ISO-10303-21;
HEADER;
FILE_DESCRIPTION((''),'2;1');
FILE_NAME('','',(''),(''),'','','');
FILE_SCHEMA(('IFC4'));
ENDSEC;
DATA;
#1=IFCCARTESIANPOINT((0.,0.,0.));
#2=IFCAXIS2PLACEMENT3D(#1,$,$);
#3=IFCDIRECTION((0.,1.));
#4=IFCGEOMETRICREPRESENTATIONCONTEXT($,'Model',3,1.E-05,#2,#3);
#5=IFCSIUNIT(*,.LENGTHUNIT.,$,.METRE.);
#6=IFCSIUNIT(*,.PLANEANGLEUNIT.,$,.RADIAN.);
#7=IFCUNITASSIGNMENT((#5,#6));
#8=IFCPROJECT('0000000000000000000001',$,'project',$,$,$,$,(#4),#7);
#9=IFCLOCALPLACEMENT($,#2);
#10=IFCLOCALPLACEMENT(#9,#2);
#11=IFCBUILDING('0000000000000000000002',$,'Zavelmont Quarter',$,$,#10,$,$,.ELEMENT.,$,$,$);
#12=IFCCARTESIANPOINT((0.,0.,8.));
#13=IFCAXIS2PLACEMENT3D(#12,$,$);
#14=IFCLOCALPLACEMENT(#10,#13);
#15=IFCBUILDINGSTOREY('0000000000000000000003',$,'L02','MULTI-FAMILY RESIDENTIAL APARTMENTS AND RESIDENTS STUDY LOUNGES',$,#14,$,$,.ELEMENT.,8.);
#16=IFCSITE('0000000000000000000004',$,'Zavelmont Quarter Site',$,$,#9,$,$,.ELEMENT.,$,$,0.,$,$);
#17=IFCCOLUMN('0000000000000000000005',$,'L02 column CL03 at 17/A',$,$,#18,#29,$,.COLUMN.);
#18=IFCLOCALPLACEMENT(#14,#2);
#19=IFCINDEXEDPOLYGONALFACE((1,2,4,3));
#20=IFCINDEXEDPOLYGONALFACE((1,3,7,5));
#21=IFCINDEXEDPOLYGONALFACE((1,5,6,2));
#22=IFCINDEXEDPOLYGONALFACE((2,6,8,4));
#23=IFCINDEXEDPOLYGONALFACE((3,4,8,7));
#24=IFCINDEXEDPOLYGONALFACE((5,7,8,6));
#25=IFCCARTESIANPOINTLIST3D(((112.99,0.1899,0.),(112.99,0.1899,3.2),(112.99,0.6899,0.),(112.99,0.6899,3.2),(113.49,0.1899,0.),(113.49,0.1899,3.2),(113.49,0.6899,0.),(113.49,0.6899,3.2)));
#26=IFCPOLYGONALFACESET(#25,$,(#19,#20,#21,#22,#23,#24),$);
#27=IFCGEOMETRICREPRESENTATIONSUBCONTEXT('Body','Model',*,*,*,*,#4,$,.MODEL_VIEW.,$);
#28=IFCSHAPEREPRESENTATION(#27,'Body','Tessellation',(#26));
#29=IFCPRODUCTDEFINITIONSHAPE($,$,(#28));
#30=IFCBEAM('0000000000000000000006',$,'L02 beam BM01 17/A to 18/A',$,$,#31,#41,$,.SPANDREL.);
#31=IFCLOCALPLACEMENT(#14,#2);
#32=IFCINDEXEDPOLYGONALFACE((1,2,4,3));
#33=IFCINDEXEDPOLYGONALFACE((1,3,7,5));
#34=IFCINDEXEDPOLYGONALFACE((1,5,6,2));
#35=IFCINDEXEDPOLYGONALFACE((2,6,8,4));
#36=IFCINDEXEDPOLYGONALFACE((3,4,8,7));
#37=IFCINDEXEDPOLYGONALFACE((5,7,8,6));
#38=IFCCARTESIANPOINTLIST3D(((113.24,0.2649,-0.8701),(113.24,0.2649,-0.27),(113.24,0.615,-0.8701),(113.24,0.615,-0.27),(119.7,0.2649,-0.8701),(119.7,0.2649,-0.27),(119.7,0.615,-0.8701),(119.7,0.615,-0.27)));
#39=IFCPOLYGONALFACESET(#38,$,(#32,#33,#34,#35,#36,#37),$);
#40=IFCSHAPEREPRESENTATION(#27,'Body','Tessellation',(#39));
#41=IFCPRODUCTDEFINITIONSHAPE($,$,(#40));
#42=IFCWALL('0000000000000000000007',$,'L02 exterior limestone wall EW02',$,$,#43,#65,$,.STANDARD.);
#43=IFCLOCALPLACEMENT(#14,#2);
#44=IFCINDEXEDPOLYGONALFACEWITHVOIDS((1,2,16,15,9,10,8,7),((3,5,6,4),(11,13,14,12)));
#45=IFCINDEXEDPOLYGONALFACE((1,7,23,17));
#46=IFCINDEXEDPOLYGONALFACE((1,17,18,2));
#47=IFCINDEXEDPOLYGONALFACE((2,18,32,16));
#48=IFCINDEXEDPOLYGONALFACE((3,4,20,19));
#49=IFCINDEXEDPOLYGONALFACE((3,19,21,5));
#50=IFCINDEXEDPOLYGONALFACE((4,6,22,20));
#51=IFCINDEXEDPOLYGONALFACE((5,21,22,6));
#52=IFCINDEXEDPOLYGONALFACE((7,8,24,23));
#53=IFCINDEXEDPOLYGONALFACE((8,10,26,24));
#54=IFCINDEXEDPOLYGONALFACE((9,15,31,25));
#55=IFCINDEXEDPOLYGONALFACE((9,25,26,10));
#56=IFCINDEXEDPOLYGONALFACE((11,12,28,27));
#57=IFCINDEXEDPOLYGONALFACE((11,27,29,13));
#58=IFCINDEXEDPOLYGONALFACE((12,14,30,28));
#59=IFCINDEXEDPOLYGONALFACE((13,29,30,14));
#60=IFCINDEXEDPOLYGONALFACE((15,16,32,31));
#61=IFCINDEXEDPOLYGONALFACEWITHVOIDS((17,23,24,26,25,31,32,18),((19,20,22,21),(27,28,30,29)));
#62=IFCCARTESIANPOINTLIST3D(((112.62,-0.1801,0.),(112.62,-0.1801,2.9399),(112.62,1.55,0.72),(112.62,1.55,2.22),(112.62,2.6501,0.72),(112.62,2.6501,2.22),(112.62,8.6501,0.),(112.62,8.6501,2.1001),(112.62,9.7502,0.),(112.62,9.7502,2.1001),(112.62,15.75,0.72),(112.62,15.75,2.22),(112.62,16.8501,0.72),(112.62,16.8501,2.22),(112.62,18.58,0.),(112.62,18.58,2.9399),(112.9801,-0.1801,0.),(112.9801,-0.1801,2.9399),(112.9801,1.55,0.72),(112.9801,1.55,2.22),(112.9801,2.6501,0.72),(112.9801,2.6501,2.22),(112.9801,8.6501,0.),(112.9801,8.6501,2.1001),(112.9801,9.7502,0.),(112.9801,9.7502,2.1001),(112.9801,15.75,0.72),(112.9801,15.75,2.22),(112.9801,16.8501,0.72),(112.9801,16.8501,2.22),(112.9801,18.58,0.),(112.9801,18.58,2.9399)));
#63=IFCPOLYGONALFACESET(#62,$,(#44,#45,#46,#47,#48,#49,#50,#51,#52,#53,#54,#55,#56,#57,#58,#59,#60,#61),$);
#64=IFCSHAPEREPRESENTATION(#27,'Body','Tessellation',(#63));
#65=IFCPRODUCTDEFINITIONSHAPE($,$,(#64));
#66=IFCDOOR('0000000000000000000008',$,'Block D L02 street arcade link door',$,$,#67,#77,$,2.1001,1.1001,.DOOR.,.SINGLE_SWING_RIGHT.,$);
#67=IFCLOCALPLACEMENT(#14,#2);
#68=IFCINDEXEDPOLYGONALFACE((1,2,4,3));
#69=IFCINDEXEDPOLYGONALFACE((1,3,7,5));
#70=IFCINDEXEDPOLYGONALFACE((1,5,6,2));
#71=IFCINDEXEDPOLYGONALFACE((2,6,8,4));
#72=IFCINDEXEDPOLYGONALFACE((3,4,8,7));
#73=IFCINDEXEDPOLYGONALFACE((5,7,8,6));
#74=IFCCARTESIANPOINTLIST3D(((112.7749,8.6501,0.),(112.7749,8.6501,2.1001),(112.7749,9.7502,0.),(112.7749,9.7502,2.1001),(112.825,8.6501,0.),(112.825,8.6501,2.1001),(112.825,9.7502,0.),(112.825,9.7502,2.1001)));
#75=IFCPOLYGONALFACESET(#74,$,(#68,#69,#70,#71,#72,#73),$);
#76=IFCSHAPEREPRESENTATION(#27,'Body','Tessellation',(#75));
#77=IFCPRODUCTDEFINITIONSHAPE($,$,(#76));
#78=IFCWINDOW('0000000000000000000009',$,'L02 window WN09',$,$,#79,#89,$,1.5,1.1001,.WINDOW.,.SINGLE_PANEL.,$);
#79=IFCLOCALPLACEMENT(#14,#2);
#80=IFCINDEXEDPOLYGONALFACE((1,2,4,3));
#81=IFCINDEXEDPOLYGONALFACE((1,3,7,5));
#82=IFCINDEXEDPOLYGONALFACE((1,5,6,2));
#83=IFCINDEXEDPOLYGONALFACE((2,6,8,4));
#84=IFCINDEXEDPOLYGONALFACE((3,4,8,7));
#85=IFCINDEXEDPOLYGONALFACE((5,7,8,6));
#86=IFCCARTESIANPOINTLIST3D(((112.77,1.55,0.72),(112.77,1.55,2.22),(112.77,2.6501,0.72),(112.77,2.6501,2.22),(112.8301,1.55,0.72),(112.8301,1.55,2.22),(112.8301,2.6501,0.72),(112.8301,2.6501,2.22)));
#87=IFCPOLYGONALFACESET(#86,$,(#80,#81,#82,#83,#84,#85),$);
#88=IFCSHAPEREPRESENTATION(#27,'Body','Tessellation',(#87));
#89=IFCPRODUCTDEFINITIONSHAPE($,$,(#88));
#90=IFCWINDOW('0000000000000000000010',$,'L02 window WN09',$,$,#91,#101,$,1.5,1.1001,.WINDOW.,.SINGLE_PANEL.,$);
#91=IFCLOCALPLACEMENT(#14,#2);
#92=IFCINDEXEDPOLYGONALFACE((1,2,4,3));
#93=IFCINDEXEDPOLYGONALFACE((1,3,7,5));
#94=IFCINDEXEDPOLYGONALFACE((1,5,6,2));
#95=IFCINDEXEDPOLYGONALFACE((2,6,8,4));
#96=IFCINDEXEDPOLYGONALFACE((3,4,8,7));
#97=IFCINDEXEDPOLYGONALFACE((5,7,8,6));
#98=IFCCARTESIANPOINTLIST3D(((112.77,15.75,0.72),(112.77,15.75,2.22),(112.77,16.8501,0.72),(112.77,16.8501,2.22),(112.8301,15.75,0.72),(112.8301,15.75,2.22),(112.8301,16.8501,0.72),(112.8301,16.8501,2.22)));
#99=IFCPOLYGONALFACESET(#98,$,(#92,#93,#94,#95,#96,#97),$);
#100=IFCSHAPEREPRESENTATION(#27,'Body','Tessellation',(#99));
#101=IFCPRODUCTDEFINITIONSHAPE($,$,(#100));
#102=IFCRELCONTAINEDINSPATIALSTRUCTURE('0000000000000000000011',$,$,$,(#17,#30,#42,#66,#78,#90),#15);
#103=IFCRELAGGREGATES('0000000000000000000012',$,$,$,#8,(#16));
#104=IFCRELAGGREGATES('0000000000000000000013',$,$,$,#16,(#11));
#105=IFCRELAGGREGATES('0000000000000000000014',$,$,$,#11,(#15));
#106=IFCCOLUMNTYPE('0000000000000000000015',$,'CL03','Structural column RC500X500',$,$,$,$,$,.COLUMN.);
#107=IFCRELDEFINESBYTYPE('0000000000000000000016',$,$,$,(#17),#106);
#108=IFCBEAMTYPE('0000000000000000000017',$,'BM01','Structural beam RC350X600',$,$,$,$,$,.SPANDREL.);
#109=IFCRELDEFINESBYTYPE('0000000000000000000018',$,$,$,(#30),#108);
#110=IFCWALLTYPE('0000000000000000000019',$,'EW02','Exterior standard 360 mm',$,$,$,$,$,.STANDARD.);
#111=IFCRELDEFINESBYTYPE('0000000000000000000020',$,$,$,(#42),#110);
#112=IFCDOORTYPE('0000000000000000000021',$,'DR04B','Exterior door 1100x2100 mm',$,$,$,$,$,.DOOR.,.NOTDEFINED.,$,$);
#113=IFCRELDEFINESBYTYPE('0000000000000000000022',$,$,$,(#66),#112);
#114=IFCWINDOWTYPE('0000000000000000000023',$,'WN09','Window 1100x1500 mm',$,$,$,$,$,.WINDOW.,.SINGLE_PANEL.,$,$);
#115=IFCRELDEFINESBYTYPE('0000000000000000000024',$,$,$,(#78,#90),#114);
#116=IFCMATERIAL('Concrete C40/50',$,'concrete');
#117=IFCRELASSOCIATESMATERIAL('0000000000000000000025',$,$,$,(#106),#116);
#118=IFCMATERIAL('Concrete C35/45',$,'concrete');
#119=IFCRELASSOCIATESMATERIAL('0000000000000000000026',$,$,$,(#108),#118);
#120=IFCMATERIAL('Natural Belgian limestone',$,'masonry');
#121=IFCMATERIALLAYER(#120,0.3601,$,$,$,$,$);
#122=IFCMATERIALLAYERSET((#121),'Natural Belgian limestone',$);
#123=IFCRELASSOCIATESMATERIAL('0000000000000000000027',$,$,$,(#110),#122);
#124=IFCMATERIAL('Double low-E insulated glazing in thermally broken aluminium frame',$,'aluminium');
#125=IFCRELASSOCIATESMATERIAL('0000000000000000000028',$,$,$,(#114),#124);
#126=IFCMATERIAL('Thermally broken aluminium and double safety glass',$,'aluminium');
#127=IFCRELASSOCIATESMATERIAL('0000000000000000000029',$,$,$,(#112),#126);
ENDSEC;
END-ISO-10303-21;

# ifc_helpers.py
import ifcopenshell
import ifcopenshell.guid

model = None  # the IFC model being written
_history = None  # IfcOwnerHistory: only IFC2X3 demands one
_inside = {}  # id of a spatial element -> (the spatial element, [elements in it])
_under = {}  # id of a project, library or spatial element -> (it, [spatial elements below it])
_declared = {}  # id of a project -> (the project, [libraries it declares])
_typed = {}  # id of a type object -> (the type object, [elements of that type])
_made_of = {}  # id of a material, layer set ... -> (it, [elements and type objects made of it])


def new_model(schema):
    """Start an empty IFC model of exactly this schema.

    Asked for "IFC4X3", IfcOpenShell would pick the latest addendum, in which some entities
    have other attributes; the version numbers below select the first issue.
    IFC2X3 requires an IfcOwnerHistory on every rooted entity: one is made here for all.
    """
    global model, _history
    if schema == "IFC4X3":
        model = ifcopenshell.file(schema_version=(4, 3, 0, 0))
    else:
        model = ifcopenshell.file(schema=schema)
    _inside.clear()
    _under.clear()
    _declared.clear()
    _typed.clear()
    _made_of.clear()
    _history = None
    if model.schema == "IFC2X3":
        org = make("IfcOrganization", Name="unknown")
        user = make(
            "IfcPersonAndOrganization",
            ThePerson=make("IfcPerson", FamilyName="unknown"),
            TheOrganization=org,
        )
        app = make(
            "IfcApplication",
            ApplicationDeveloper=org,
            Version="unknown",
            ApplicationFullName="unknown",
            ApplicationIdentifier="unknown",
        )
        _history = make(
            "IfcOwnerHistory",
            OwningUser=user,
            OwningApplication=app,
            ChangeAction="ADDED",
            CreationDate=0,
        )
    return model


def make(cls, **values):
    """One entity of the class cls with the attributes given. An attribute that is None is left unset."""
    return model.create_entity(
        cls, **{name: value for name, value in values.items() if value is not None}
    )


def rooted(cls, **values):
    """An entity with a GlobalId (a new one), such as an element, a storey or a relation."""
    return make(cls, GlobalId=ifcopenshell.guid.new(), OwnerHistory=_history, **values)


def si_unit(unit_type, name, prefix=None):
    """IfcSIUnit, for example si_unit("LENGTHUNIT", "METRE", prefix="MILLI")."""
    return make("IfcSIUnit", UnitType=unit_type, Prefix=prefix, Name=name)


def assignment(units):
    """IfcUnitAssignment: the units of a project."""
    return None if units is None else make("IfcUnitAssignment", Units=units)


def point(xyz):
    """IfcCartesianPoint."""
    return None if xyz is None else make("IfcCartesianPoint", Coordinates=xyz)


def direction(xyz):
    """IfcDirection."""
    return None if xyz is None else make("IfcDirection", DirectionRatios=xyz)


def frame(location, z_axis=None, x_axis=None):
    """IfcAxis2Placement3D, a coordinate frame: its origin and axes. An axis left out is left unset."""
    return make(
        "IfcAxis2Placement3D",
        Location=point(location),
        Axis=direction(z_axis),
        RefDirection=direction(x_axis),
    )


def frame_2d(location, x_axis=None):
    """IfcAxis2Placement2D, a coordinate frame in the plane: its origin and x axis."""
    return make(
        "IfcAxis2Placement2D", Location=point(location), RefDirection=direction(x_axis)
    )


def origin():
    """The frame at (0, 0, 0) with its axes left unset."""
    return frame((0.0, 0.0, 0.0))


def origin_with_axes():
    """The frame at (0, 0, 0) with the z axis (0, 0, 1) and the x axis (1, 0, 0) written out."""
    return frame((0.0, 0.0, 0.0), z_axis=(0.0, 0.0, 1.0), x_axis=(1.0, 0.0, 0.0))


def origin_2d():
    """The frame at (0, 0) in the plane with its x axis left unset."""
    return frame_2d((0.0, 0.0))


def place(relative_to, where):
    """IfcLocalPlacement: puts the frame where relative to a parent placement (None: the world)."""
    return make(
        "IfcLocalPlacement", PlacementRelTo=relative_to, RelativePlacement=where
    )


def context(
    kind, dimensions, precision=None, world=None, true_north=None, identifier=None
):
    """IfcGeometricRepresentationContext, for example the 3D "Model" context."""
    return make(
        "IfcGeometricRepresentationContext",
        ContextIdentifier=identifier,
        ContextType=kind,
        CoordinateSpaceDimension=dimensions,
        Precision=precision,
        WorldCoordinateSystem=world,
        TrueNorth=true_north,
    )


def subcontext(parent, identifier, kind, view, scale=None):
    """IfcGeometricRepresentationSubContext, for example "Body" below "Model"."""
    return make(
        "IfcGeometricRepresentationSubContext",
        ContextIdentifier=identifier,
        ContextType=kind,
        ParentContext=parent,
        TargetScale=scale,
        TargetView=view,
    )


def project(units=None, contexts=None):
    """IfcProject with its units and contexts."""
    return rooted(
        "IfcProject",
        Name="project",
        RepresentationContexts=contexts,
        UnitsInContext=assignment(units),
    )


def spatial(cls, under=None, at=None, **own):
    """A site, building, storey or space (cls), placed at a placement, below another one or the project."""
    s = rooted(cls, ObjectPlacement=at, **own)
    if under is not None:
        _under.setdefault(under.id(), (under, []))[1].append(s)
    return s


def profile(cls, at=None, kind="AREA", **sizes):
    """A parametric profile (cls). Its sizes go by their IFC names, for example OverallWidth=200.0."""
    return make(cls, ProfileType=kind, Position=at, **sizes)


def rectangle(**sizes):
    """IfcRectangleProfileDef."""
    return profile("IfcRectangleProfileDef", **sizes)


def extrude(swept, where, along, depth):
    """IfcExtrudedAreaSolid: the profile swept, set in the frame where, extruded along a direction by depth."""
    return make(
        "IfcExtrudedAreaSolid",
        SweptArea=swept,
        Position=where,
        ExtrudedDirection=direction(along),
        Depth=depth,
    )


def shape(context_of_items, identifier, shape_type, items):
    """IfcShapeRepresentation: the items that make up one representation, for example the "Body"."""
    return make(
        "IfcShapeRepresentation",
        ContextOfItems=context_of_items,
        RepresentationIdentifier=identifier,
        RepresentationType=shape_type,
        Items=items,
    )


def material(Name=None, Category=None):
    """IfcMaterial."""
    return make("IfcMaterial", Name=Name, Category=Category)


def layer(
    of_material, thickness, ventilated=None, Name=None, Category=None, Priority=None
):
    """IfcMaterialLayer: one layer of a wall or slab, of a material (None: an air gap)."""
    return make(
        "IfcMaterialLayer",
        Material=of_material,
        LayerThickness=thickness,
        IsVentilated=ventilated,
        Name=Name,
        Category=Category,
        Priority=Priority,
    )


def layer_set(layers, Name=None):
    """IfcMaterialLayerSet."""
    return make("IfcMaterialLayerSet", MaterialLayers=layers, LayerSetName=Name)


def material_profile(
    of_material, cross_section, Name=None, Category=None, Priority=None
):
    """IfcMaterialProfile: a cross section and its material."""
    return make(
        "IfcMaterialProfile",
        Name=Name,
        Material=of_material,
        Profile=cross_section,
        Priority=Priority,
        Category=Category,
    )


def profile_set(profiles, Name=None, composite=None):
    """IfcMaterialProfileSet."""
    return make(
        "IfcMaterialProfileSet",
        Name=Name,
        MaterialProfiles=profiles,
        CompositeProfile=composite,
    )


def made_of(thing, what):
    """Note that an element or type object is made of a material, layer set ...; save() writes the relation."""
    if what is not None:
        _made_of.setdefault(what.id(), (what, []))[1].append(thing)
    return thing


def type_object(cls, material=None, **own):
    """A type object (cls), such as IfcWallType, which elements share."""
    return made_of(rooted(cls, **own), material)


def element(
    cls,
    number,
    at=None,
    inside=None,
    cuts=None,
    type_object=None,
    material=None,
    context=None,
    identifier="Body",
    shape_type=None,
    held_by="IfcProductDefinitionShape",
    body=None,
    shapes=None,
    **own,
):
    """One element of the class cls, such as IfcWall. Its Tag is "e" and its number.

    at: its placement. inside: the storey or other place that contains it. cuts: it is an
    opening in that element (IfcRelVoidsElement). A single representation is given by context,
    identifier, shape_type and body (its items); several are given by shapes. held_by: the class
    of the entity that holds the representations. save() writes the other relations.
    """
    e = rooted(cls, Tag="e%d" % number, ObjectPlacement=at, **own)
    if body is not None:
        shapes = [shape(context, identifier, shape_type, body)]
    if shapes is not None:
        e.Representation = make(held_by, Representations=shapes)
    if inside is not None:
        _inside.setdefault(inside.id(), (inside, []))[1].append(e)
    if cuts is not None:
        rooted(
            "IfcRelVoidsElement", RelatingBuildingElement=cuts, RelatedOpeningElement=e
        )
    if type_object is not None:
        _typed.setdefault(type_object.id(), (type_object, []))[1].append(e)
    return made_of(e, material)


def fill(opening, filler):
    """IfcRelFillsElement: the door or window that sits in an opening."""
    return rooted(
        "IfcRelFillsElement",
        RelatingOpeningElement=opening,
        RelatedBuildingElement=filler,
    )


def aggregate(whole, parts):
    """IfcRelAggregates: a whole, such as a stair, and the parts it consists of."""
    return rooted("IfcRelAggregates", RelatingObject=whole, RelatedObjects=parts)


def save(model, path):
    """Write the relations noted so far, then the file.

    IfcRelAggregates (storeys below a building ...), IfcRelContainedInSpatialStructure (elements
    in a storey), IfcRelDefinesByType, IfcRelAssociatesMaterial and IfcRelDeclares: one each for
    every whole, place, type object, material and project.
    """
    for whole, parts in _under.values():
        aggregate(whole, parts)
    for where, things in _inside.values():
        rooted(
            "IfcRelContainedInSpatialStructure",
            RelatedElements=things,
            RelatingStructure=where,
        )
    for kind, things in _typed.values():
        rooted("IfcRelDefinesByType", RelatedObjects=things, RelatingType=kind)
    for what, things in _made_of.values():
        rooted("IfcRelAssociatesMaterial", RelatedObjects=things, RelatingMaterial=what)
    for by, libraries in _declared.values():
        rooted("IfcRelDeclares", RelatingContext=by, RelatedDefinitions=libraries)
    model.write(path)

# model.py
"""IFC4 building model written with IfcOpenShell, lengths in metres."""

from ifc_helpers import new_model, si_unit, direction, frame, frame_2d, origin, origin_with_axes, origin_2d, place, context, subcontext, project, spatial, rectangle, extrude, material, layer, layer_set, material_profile, profile_set, type_object, element, fill, save


model = new_model("IFC4")

# Units and contexts
model_context = context("Model", 3, precision=1e-05, world=origin(), true_north=direction((0.0, 1.0)))
body_context = subcontext(model_context, "Body", "Model", "MODEL_VIEW")
ifc_project = project(units=[si_unit("LENGTHUNIT", "METRE"), si_unit("PLANEANGLEUNIT", "RADIAN")], contexts=[model_context])

# Site, building, storey
site_placement = place(None, origin())
site = spatial("IfcSite", under=ifc_project, at=site_placement, Name="Zavelmont Quarter Site", CompositionType="ELEMENT", RefElevation=0.0)
building_placement = place(site_placement, origin())
building = spatial("IfcBuilding", under=site, at=building_placement, Name="Zavelmont Quarter", CompositionType="ELEMENT")
storey_placement = place(building_placement, frame((0.0, 0.0, 8.0)))
storey = spatial("IfcBuildingStorey", under=building, at=storey_placement, Name="L02", Description="MULTI-FAMILY RESIDENTIAL APARTMENTS AND RESIDENTS STUDY LOUNGES", CompositionType="ELEMENT", Elevation=8.0)

# Column
ifc_material_1 = material(Name="Concrete C40/50", Category="concrete")
ifc_material_profile_1 = material_profile(ifc_material_1, rectangle(XDim=0.5, YDim=0.5, at=origin_2d()), Name="RC500X500")
ifc_profile_set_1 = profile_set([ifc_material_profile_1], Name="Concrete C40/50")
column_type = type_object("IfcColumnType", Name="CL03", Description="Structural column RC500X500", PredefinedType="COLUMN", material=ifc_profile_set_1)
column_placement = place(storey_placement, frame((113.24, 0.4399, 0.0), z_axis=(0.0, 0.0, 1.0), x_axis=(1.0, 0.0, 0.0)))
element("IfcColumn", 1, at=column_placement, inside=storey, type_object=column_type, Name="L02 column CL03 at 17/A", PredefinedType="COLUMN", context=body_context, shape_type="SweptSolid", body=[
    extrude(rectangle(XDim=0.5, YDim=0.5, at=origin_2d()), origin(), (0.0, 0.0, 1.0), 3.2),
])

# Beam
ifc_material_2 = material(Name="Concrete C35/45", Category="concrete")
ifc_material_profile_2 = material_profile(ifc_material_2, rectangle(XDim=0.3501, YDim=0.6001, at=origin_2d()), Name="RC350X600")
ifc_profile_set_2 = profile_set([ifc_material_profile_2], Name="Concrete C35/45")
beam_type = type_object("IfcBeamType", Name="BM01", Description="Structural beam RC350X600", PredefinedType="SPANDREL", material=ifc_profile_set_2)
beam_placement = place(storey_placement, frame((113.24, 0.4399, -0.5701), z_axis=(1.0, 0.0, 0.0), x_axis=(0.0, 1.0, 0.0)))
element("IfcBeam", 2, at=beam_placement, inside=storey, type_object=beam_type, Name="L02 beam BM01 17/A to 18/A", PredefinedType="SPANDREL", context=body_context, shape_type="SweptSolid", body=[
    extrude(rectangle(XDim=0.3501, YDim=0.6001, at=origin_2d()), origin(), (0.0, 0.0, 1.0), 6.46),
])

# Shared definitions
ifc_material_3 = material(Name="Natural Belgian limestone", Category="masonry")
ifc_layer = layer(ifc_material_3, 0.3601)
ifc_layer_set = layer_set([ifc_layer], Name="Natural Belgian limestone")
wall_type = type_object("IfcWallType", Name="EW02", Description="Exterior standard 360 mm", PredefinedType="STANDARD", material=ifc_layer_set)
ifc_material_4 = material(Name="Thermally broken aluminium and double safety glass", Category="aluminium")
ifc_material_5 = material(Name="Double low-E insulated glazing in thermally broken aluminium frame", Category="aluminium")
window_type_1 = type_object("IfcWindowType", Name="WN09", Description="Window 1100x1500 mm", PartitioningType="SINGLE_PANEL", PredefinedType="WINDOW", material=ifc_material_5)

# Wall, openings, door, windows
wall_1_placement = place(storey_placement, frame((112.8, -0.1799, 0.0), z_axis=(0.0, 0.0, 1.0), x_axis=(0.0, 1.0, 0.0)))
wall_1 = element("IfcWall", 3, at=wall_1_placement, inside=storey, type_object=wall_type, Name="L02 exterior limestone wall EW02", PredefinedType="STANDARD", context=body_context, shape_type="SweptSolid", body=[
    extrude(rectangle(XDim=18.76, YDim=0.3601, at=frame_2d((9.3799, 0.0))), origin(), (0.0, 0.0, 1.0), 2.9399),
])
opening_1_placement = place(wall_1_placement, frame((8.8301, 0.0, 0.0)))
opening_1 = element("IfcOpeningElement", 4, at=opening_1_placement, cuts=wall_1, PredefinedType="OPENING", context=body_context, shape_type="SweptSolid", body=[
    extrude(rectangle(XDim=1.1001, YDim=2.1001, at=frame_2d((0.55, 1.05))), frame((0.0, 0.1919, 0.0), z_axis=(0.0, -1.0, 0.0), x_axis=(1.0, 0.0, 0.0)), (0.0, 0.0, 1.0), 0.384),
])
opening_2_placement = place(wall_1_placement, frame((1.73, 0.0, 0.72)))
opening_2 = element("IfcOpeningElement", 5, at=opening_2_placement, cuts=wall_1, PredefinedType="OPENING", context=body_context, shape_type="SweptSolid", body=[
    extrude(rectangle(XDim=1.1001, YDim=1.5, at=frame_2d((0.55, 0.75))), frame((0.0, 0.1919, 0.0), z_axis=(0.0, -1.0, 0.0), x_axis=(1.0, 0.0, 0.0)), (0.0, 0.0, 1.0), 0.384),
])
opening_3_placement = place(wall_1_placement, frame((15.9299, 0.0, 0.72)))
opening_3 = element("IfcOpeningElement", 6, at=opening_3_placement, cuts=wall_1, PredefinedType="OPENING", context=body_context, shape_type="SweptSolid", body=[
    extrude(rectangle(XDim=1.1001, YDim=1.5, at=frame_2d((0.55, 0.75))), frame((0.0, 0.1919, 0.0), z_axis=(0.0, -1.0, 0.0), x_axis=(1.0, 0.0, 0.0)), (0.0, 0.0, 1.0), 0.384),
])
door_type_1 = type_object("IfcDoorType", Name="DR04B", Description="Exterior door 1100x2100 mm", OperationType="NOTDEFINED", PredefinedType="DOOR", material=ifc_material_4)
door_1_placement = place(opening_1_placement, frame((1.1001, 0.0, 0.0), z_axis=(0.0, 0.0, 1.0), x_axis=(-1.0, 0.0, 0.0)))
door_1 = element("IfcDoor", 7, at=door_1_placement, inside=storey, type_object=door_type_1, Name="Block D L02 street arcade link door", OperationType="SINGLE_SWING_RIGHT", OverallHeight=2.1001, OverallWidth=1.1001, PredefinedType="DOOR", context=body_context, shape_type="SweptSolid", body=[
    extrude(rectangle(XDim=1.1001, YDim=2.1001, at=frame_2d((0.55, 1.05))), frame((0.0, 0.0249, 0.0), z_axis=(0.0, -1.0, 0.0), x_axis=(1.0, 0.0, 0.0)), (0.0, 0.0, 1.0), 0.05),
])
fill(opening_1, door_1)
window_1_placement = place(opening_2_placement, origin_with_axes())
window_1 = element("IfcWindow", 8, at=window_1_placement, inside=storey, type_object=window_type_1, Name="L02 window WN09", OverallHeight=1.5, OverallWidth=1.1001, PartitioningType="SINGLE_PANEL", PredefinedType="WINDOW", context=body_context, shape_type="SweptSolid", body=[
    extrude(rectangle(XDim=1.1001, YDim=1.5, at=frame_2d((0.55, 0.75))), frame((0.0, 0.03, 0.0), z_axis=(0.0, -1.0, 0.0), x_axis=(1.0, 0.0, 0.0)), (0.0, 0.0, 1.0), 0.0601),
])
fill(opening_2, window_1)
window_2_placement = place(opening_3_placement, origin_with_axes())
window_2 = element("IfcWindow", 9, at=window_2_placement, inside=storey, type_object=window_type_1, Name="L02 window WN09", OverallHeight=1.5, OverallWidth=1.1001, PartitioningType="SINGLE_PANEL", PredefinedType="WINDOW", context=body_context, shape_type="SweptSolid", body=[
    extrude(rectangle(XDim=1.1001, YDim=1.5, at=frame_2d((0.55, 0.75))), frame((0.0, 0.03, 0.0), z_axis=(0.0, -1.0, 0.0), x_axis=(1.0, 0.0, 0.0)), (0.0, 0.0, 1.0), 0.0601),
])
fill(opening_3, window_2)

save(model, "model.ifc")
